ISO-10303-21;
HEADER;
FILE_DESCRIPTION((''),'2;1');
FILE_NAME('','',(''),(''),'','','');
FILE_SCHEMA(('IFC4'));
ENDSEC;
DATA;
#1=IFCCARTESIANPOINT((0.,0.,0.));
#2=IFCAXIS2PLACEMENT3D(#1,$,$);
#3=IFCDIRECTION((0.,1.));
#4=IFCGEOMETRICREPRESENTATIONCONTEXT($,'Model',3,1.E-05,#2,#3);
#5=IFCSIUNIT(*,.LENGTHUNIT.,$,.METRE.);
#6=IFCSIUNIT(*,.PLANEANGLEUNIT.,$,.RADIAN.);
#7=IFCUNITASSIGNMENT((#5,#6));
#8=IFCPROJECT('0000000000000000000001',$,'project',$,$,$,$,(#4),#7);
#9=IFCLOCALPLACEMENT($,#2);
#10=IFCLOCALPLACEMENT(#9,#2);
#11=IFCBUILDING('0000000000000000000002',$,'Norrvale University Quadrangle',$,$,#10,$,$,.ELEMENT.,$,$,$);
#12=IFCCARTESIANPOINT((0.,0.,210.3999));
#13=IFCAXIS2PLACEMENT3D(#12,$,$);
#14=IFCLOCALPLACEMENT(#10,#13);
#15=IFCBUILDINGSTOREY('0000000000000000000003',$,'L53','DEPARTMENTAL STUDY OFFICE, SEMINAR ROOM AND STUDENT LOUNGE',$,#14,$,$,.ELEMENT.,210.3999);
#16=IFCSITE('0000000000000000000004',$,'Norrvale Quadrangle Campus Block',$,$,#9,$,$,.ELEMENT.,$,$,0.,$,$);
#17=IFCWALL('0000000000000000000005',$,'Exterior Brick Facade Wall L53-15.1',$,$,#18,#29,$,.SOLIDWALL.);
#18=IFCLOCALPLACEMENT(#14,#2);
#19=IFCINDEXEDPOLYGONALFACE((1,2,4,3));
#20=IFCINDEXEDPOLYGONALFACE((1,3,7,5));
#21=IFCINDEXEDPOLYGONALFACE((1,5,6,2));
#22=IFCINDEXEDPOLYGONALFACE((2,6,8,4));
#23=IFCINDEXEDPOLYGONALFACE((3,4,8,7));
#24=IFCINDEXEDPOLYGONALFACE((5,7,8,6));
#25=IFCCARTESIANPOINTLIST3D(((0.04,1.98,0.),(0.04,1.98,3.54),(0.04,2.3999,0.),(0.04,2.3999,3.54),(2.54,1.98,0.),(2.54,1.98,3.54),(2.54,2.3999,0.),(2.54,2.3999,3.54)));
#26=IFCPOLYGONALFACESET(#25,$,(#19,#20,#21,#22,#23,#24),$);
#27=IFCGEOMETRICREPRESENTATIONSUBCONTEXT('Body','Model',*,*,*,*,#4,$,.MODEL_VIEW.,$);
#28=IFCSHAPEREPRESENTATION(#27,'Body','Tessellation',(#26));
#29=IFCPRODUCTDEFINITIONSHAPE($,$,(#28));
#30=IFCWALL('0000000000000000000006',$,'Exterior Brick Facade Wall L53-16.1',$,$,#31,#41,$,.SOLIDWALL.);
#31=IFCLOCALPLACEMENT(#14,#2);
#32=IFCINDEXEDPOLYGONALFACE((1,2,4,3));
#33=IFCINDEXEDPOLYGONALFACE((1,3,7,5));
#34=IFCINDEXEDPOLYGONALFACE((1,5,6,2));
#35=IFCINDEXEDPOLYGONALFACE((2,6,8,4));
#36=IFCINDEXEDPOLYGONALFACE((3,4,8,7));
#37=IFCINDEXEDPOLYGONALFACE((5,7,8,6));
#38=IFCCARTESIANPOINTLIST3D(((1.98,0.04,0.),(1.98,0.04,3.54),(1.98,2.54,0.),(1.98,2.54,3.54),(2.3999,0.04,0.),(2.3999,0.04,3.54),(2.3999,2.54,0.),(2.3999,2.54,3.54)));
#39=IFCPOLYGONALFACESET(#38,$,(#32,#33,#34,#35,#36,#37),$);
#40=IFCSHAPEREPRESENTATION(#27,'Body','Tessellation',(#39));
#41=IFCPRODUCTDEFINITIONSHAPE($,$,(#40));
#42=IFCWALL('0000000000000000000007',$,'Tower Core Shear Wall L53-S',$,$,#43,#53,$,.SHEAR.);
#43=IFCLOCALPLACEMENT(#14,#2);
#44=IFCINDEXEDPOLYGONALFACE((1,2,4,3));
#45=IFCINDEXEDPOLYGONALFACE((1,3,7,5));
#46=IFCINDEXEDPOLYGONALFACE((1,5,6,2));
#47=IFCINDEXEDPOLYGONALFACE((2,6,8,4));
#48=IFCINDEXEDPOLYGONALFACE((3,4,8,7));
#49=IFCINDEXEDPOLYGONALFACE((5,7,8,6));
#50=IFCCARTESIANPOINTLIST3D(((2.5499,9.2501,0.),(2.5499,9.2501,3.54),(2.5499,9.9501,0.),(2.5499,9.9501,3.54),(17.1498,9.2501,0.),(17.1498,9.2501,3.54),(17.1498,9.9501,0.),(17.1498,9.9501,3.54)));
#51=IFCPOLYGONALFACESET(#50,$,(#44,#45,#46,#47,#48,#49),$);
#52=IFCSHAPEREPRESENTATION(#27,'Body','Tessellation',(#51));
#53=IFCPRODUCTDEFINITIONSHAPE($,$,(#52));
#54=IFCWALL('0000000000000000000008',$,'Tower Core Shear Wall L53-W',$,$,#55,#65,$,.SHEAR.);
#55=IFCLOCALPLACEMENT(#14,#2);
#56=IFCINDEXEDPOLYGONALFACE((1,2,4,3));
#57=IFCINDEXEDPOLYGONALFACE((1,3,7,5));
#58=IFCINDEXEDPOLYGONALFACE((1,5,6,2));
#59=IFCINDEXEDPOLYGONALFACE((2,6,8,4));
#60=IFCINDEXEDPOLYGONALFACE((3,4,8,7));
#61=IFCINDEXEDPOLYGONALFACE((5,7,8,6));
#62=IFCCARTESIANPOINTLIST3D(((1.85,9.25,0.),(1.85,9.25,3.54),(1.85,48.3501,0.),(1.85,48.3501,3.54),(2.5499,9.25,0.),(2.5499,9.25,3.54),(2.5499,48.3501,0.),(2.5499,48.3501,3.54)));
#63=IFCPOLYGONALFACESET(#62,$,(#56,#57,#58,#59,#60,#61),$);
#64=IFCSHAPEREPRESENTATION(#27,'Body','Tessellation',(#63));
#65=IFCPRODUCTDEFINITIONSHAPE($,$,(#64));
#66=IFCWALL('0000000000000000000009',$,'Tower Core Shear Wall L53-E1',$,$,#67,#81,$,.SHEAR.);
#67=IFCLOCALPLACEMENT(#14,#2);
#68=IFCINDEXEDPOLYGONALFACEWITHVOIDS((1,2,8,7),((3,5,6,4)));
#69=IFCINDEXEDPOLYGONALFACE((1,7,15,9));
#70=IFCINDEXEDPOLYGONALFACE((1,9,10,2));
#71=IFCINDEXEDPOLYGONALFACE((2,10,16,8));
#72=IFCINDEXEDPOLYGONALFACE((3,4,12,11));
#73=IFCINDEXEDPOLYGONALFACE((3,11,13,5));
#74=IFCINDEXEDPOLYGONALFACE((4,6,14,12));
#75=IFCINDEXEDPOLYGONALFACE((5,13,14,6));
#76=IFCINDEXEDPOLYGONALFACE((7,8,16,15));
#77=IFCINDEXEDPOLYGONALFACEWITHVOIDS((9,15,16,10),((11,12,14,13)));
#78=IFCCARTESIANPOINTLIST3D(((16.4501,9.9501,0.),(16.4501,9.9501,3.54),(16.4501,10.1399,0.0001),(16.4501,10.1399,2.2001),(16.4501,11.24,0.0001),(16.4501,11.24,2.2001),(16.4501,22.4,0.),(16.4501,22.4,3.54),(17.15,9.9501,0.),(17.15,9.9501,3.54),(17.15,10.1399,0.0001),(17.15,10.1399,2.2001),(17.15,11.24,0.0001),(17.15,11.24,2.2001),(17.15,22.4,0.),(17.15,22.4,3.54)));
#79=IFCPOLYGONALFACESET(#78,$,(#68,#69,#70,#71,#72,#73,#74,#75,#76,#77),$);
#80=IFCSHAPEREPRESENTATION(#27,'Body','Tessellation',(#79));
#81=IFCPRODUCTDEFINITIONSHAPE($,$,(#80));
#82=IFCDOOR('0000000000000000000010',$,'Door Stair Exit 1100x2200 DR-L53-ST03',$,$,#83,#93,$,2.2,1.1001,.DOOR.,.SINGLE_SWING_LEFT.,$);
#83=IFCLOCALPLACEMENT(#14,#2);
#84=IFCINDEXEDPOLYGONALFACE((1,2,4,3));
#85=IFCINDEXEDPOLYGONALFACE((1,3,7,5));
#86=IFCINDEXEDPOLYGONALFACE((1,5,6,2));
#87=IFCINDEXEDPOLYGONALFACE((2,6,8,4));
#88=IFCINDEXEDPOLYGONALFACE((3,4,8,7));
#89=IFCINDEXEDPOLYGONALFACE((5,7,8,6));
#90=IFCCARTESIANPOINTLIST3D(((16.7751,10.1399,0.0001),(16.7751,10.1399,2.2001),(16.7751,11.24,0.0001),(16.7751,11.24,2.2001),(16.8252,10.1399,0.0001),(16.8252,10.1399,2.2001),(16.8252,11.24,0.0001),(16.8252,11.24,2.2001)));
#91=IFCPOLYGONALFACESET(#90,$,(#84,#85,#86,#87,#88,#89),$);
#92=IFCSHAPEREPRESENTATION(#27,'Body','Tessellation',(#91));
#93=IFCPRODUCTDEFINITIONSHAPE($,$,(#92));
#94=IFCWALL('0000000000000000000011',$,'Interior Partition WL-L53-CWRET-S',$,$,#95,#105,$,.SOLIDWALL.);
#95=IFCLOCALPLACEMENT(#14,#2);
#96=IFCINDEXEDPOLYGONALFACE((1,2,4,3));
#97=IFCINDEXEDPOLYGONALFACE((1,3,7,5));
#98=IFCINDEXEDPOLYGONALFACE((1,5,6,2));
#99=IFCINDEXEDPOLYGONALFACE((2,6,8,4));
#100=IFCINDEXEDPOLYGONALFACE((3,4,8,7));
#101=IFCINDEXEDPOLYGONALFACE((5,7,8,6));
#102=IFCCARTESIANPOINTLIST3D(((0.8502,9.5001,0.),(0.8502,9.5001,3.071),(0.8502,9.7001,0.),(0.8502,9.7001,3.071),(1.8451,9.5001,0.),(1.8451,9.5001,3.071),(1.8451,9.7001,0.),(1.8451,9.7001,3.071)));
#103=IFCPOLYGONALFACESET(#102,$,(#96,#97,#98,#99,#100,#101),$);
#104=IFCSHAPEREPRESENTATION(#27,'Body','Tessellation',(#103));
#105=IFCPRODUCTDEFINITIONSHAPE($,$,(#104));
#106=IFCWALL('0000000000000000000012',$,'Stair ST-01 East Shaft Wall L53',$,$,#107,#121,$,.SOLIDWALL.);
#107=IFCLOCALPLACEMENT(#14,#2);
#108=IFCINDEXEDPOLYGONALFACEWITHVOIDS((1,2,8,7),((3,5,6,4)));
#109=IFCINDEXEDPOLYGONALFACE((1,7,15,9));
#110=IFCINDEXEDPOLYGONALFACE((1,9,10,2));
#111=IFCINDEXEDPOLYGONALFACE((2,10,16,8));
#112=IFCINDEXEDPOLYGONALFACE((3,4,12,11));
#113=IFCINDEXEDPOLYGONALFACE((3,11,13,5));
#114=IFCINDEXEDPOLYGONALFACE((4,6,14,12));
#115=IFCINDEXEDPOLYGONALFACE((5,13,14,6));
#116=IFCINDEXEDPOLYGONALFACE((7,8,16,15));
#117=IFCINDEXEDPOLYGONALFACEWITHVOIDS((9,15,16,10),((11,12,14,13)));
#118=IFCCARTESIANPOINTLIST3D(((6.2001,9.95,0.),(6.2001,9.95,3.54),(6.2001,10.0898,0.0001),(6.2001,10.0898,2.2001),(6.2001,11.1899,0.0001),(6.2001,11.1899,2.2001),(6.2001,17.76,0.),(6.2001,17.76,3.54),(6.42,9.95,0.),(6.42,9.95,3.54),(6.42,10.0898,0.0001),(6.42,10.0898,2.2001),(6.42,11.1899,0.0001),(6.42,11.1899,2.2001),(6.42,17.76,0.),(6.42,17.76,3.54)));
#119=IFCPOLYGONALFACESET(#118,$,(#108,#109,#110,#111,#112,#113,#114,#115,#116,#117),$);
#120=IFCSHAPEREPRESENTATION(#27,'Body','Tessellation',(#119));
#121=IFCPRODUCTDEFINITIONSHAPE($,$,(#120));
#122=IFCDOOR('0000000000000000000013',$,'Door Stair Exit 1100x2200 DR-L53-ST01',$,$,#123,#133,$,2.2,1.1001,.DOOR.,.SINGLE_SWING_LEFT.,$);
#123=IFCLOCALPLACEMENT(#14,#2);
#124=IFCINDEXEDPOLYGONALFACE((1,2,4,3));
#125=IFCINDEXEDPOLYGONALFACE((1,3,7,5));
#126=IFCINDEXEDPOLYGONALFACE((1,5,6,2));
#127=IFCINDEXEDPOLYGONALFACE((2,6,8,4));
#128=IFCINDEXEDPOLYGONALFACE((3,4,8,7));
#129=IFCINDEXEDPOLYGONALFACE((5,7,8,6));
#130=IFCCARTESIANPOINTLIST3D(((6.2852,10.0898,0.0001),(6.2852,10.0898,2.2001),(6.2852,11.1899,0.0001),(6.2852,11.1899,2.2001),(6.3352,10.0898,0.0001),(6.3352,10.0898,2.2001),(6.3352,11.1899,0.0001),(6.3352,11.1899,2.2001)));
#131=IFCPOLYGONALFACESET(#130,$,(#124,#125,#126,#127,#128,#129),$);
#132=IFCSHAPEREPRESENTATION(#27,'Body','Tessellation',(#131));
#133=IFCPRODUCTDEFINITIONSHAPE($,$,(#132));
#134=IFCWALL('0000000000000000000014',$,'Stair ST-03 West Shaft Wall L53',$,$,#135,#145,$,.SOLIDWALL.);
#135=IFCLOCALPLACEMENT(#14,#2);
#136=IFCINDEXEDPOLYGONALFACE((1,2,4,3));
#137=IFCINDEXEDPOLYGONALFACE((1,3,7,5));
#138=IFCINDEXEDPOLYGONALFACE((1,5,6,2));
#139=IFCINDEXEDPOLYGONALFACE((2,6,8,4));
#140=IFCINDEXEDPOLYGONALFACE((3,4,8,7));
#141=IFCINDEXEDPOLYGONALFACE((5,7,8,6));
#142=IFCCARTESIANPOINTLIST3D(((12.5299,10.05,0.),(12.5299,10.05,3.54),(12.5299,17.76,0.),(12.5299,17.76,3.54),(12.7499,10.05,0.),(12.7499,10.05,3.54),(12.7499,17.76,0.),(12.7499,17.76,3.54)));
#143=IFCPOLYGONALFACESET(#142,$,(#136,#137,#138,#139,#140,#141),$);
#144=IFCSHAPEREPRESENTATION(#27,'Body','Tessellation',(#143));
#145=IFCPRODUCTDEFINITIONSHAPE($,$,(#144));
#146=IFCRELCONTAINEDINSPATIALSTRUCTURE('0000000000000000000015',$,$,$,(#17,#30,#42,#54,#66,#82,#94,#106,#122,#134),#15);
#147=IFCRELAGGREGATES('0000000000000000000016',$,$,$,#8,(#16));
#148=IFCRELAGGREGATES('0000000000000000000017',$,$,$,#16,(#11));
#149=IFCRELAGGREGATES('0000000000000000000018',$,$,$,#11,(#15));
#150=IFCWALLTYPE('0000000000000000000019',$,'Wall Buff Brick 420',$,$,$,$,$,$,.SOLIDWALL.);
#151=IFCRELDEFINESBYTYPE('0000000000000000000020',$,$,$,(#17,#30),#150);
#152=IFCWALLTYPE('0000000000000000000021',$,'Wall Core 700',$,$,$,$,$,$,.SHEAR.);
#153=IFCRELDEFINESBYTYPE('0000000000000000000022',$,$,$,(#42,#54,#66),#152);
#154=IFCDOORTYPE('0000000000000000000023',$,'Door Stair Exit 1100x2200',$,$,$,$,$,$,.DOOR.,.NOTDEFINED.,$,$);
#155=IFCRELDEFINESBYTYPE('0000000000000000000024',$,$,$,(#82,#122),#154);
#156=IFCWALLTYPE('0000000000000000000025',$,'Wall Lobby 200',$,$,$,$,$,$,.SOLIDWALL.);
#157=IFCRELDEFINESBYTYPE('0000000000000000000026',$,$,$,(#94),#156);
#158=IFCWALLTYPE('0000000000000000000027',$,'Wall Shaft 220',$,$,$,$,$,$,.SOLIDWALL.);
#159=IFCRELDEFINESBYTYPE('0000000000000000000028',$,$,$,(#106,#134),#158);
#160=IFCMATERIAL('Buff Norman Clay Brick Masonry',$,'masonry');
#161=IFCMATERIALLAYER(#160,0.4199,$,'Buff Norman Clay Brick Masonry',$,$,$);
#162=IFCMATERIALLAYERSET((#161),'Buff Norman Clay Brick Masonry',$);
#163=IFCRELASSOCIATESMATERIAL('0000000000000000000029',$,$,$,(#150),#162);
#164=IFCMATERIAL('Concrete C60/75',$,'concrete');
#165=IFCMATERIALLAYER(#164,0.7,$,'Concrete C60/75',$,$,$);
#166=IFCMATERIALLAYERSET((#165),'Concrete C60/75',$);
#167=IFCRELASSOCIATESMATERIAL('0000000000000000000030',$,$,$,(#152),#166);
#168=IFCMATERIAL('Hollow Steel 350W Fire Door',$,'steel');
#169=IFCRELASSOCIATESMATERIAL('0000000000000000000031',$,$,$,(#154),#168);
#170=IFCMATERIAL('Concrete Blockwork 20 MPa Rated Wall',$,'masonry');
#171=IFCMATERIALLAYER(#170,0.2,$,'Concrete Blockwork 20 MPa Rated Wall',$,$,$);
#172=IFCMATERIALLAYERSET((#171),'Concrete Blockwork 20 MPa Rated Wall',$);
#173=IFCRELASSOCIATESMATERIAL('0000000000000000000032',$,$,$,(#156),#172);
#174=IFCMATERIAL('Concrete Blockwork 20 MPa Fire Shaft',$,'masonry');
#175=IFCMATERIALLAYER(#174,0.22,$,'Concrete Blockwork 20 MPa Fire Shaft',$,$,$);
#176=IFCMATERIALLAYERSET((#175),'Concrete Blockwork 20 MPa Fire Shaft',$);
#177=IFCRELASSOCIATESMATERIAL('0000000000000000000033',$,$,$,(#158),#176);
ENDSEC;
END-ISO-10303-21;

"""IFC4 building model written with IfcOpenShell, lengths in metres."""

from ifc_helpers import new_model, si_unit, direction, frame, frame_2d, origin, place, context, subcontext, project, spatial, rectangle, extrude, material, layer, layer_set, type_object, element, fill, save


model = new_model("IFC4")

# Units and contexts
model_context = context("Model", 3, precision=1e-05, world=origin(), true_north=direction((0.0, 1.0)))
body_context = subcontext(model_context, "Body", "Model", "MODEL_VIEW")
ifc_project = project(units=[si_unit("LENGTHUNIT", "METRE"), si_unit("PLANEANGLEUNIT", "RADIAN")], contexts=[model_context])

# Site, building, storey
site_placement = place(None, origin())
site = spatial("IfcSite", under=ifc_project, at=site_placement, Name="Norrvale Quadrangle Campus Block", CompositionType="ELEMENT", RefElevation=0.0)
building_placement = place(site_placement, origin())
building = spatial("IfcBuilding", under=site, at=building_placement, Name="Norrvale University Quadrangle", CompositionType="ELEMENT")
storey_placement = place(building_placement, frame((0.0, 0.0, 210.3999)))
storey = spatial("IfcBuildingStorey", under=building, at=storey_placement, Name="L53", Description="DEPARTMENTAL STUDY OFFICE, SEMINAR ROOM AND STUDENT LOUNGE", CompositionType="ELEMENT", Elevation=210.3999)

# Shared definitions
ifc_material_1 = material(Name="Concrete C60/75", Category="concrete")

# Shared definitions
ifc_material_2 = material(Name="Buff Norman Clay Brick Masonry", Category="masonry")
ifc_layer_1 = layer(ifc_material_2, 0.4199, Name="Buff Norman Clay Brick Masonry")
ifc_layer_set_1 = layer_set([ifc_layer_1], Name="Buff Norman Clay Brick Masonry")
wall_type_1 = type_object("IfcWallType", Name="Wall Buff Brick 420", PredefinedType="SOLIDWALL", material=ifc_layer_set_1)

# Walls
for number, where, z_axis, x_axis, name in (
    (1, (0.04, 2.1899, 0.0), (0.0, 0.0, 1.0), (1.0, 0.0, 0.0), "Exterior Brick Facade Wall L53-15.1"),
    (2, (2.1899, 2.54, 0.0), (0.0, 0.0, 1.0), (0.0, -1.0, 0.0), "Exterior Brick Facade Wall L53-16.1"),
):
    element("IfcWall", number, at=place(storey_placement, frame(where, z_axis=z_axis, x_axis=x_axis)), inside=storey, type_object=wall_type_1, Name=name, PredefinedType="SOLIDWALL", context=body_context, shape_type="SweptSolid", body=[
        extrude(rectangle(XDim=2.5, YDim=0.4199, at=frame_2d((1.25, 0.0))), origin(), (0.0, 0.0, 1.0), 3.54),
    ])
ifc_layer_2 = layer(ifc_material_1, 0.7, Name="Concrete C60/75")
ifc_layer_set_2 = layer_set([ifc_layer_2], Name="Concrete C60/75")
wall_type_2 = type_object("IfcWallType", Name="Wall Core 700", PredefinedType="SHEAR", material=ifc_layer_set_2)
wall_1_placement = place(storey_placement, frame((2.55, 9.6001, 0.0), z_axis=(0.0, 0.0, 1.0), x_axis=(1.0, 0.0, 0.0)))
element("IfcWall", 3, at=wall_1_placement, inside=storey, type_object=wall_type_2, Name="Tower Core Shear Wall L53-S", PredefinedType="SHEAR", context=body_context, shape_type="SweptSolid", body=[
    extrude(rectangle(XDim=14.5999, YDim=0.7, at=frame_2d((7.2998, 0.0))), origin(), (0.0, 0.0, 1.0), 3.54),
])
wall_2_placement = place(storey_placement, frame((2.2, 9.25, 0.0), z_axis=(0.0, 0.0, 1.0), x_axis=(0.0, 1.0, 0.0)))
element("IfcWall", 4, at=wall_2_placement, inside=storey, type_object=wall_type_2, Name="Tower Core Shear Wall L53-W", PredefinedType="SHEAR", context=body_context, shape_type="SweptSolid", body=[
    extrude(rectangle(XDim=39.1001, YDim=0.7, at=frame_2d((19.55, 0.0))), origin(), (0.0, 0.0, 1.0), 3.54),
])

# Wall, opening, door
wall_3_placement = place(storey_placement, frame((16.8, 9.95, 0.0), z_axis=(0.0, 0.0, 1.0), x_axis=(0.0, 1.0, 0.0)))
wall_3 = element("IfcWall", 5, at=wall_3_placement, inside=storey, type_object=wall_type_2, Name="Tower Core Shear Wall L53-E1", PredefinedType="SHEAR", context=body_context, shape_type="SweptSolid", body=[
    extrude(rectangle(XDim=12.45, YDim=0.7, at=frame_2d((6.2251, 0.0))), origin(), (0.0, 0.0, 1.0), 3.54),
])
opening_1_placement = place(wall_3_placement, frame((0.1899, 0.0, 0.0)))
opening_1 = element("IfcOpeningElement", 6, at=opening_1_placement, cuts=wall_3, PredefinedType="OPENING", context=body_context, shape_type="SweptSolid", body=[
    extrude(rectangle(XDim=1.1001, YDim=2.2, at=frame_2d((0.55, 1.1001))), frame((0.0, 0.3621, 0.0), z_axis=(0.0, -1.0, 0.0), x_axis=(1.0, 0.0, 0.0)), (0.0, 0.0, 1.0), 0.7239),
])
ifc_material_3 = material(Name="Hollow Steel 350W Fire Door", Category="steel")
door_type = type_object("IfcDoorType", Name="Door Stair Exit 1100x2200", OperationType="NOTDEFINED", PredefinedType="DOOR", material=ifc_material_3)
door_1_placement = place(opening_1_placement, origin())
door_1 = element("IfcDoor", 7, at=door_1_placement, inside=storey, type_object=door_type, Name="Door Stair Exit 1100x2200 DR-L53-ST03", OperationType="SINGLE_SWING_LEFT", OverallHeight=2.2, OverallWidth=1.1001, PredefinedType="DOOR", context=body_context, shape_type="SweptSolid", body=[
    extrude(rectangle(XDim=1.1001, YDim=2.2, at=frame_2d((0.55, 1.1001))), frame((0.0, 0.0249, 0.0), z_axis=(0.0, -1.0, 0.0), x_axis=(1.0, 0.0, 0.0)), (0.0, 0.0, 1.0), 0.05),
])
fill(opening_1, door_1)

# Wall
ifc_material_4 = material(Name="Concrete Blockwork 20 MPa Rated Wall", Category="masonry")
ifc_layer_3 = layer(ifc_material_4, 0.2, Name="Concrete Blockwork 20 MPa Rated Wall")
ifc_layer_set_3 = layer_set([ifc_layer_3], Name="Concrete Blockwork 20 MPa Rated Wall")
wall_type_3 = type_object("IfcWallType", Name="Wall Lobby 200", PredefinedType="SOLIDWALL", material=ifc_layer_set_3)
wall_4_placement = place(storey_placement, frame((0.8501, 9.6001, 0.0), z_axis=(0.0, 0.0, 1.0), x_axis=(1.0, 0.0, 0.0)))
element("IfcWall", 8, at=wall_4_placement, inside=storey, type_object=wall_type_3, Name="Interior Partition WL-L53-CWRET-S", PredefinedType="SOLIDWALL", context=body_context, shape_type="SweptSolid", body=[
    extrude(rectangle(XDim=0.9949, YDim=0.2, at=frame_2d((0.4976, 0.0))), origin(), (0.0, 0.0, 1.0), 3.071),
])

# Wall, opening, door
ifc_material_5 = material(Name="Concrete Blockwork 20 MPa Fire Shaft", Category="masonry")
ifc_layer_4 = layer(ifc_material_5, 0.22, Name="Concrete Blockwork 20 MPa Fire Shaft")
ifc_layer_set_4 = layer_set([ifc_layer_4], Name="Concrete Blockwork 20 MPa Fire Shaft")
wall_type_4 = type_object("IfcWallType", Name="Wall Shaft 220", PredefinedType="SOLIDWALL", material=ifc_layer_set_4)
wall_5_placement = place(storey_placement, frame((6.3101, 9.95, 0.0), z_axis=(0.0, 0.0, 1.0), x_axis=(0.0, 1.0, 0.0)))
wall_5 = element("IfcWall", 9, at=wall_5_placement, inside=storey, type_object=wall_type_4, Name="Stair ST-01 East Shaft Wall L53", PredefinedType="SOLIDWALL", context=body_context, shape_type="SweptSolid", body=[
    extrude(rectangle(XDim=7.8101, YDim=0.22, at=frame_2d((3.905, 0.0))), origin(), (0.0, 0.0, 1.0), 3.54),
])
opening_2_placement = place(wall_5_placement, frame((0.1399, 0.0, 0.0)))
opening_2 = element("IfcOpeningElement", 10, at=opening_2_placement, cuts=wall_5, PredefinedType="OPENING", context=body_context, shape_type="SweptSolid", body=[
    extrude(rectangle(XDim=1.1001, YDim=2.2, at=frame_2d((0.55, 1.1001))), frame((0.0, 0.1221, 0.0), z_axis=(0.0, -1.0, 0.0), x_axis=(1.0, 0.0, 0.0)), (0.0, 0.0, 1.0), 0.2439),
])
door_2_placement = place(opening_2_placement, origin())
door_2 = element("IfcDoor", 11, at=door_2_placement, inside=storey, type_object=door_type, Name="Door Stair Exit 1100x2200 DR-L53-ST01", OperationType="SINGLE_SWING_LEFT", OverallHeight=2.2, OverallWidth=1.1001, PredefinedType="DOOR", context=body_context, shape_type="SweptSolid", body=[
    extrude(rectangle(XDim=1.1001, YDim=2.2, at=frame_2d((0.55, 1.1001))), frame((0.0, 0.0249, 0.0), z_axis=(0.0, -1.0, 0.0), x_axis=(1.0, 0.0, 0.0)), (0.0, 0.0, 1.0), 0.05),
])
fill(opening_2, door_2)

# Wall
wall_6_placement = place(storey_placement, frame((12.6399, 10.05, 0.0), z_axis=(0.0, 0.0, 1.0), x_axis=(0.0, 1.0, 0.0)))
element("IfcWall", 12, at=wall_6_placement, inside=storey, type_object=wall_type_4, Name="Stair ST-03 West Shaft Wall L53", PredefinedType="SOLIDWALL", context=body_context, shape_type="SweptSolid", body=[
    extrude(rectangle(XDim=7.71, YDim=0.22, at=frame_2d((3.855, 0.0))), origin(), (0.0, 0.0, 1.0), 3.54),
])

save(model, "model.ifc")
